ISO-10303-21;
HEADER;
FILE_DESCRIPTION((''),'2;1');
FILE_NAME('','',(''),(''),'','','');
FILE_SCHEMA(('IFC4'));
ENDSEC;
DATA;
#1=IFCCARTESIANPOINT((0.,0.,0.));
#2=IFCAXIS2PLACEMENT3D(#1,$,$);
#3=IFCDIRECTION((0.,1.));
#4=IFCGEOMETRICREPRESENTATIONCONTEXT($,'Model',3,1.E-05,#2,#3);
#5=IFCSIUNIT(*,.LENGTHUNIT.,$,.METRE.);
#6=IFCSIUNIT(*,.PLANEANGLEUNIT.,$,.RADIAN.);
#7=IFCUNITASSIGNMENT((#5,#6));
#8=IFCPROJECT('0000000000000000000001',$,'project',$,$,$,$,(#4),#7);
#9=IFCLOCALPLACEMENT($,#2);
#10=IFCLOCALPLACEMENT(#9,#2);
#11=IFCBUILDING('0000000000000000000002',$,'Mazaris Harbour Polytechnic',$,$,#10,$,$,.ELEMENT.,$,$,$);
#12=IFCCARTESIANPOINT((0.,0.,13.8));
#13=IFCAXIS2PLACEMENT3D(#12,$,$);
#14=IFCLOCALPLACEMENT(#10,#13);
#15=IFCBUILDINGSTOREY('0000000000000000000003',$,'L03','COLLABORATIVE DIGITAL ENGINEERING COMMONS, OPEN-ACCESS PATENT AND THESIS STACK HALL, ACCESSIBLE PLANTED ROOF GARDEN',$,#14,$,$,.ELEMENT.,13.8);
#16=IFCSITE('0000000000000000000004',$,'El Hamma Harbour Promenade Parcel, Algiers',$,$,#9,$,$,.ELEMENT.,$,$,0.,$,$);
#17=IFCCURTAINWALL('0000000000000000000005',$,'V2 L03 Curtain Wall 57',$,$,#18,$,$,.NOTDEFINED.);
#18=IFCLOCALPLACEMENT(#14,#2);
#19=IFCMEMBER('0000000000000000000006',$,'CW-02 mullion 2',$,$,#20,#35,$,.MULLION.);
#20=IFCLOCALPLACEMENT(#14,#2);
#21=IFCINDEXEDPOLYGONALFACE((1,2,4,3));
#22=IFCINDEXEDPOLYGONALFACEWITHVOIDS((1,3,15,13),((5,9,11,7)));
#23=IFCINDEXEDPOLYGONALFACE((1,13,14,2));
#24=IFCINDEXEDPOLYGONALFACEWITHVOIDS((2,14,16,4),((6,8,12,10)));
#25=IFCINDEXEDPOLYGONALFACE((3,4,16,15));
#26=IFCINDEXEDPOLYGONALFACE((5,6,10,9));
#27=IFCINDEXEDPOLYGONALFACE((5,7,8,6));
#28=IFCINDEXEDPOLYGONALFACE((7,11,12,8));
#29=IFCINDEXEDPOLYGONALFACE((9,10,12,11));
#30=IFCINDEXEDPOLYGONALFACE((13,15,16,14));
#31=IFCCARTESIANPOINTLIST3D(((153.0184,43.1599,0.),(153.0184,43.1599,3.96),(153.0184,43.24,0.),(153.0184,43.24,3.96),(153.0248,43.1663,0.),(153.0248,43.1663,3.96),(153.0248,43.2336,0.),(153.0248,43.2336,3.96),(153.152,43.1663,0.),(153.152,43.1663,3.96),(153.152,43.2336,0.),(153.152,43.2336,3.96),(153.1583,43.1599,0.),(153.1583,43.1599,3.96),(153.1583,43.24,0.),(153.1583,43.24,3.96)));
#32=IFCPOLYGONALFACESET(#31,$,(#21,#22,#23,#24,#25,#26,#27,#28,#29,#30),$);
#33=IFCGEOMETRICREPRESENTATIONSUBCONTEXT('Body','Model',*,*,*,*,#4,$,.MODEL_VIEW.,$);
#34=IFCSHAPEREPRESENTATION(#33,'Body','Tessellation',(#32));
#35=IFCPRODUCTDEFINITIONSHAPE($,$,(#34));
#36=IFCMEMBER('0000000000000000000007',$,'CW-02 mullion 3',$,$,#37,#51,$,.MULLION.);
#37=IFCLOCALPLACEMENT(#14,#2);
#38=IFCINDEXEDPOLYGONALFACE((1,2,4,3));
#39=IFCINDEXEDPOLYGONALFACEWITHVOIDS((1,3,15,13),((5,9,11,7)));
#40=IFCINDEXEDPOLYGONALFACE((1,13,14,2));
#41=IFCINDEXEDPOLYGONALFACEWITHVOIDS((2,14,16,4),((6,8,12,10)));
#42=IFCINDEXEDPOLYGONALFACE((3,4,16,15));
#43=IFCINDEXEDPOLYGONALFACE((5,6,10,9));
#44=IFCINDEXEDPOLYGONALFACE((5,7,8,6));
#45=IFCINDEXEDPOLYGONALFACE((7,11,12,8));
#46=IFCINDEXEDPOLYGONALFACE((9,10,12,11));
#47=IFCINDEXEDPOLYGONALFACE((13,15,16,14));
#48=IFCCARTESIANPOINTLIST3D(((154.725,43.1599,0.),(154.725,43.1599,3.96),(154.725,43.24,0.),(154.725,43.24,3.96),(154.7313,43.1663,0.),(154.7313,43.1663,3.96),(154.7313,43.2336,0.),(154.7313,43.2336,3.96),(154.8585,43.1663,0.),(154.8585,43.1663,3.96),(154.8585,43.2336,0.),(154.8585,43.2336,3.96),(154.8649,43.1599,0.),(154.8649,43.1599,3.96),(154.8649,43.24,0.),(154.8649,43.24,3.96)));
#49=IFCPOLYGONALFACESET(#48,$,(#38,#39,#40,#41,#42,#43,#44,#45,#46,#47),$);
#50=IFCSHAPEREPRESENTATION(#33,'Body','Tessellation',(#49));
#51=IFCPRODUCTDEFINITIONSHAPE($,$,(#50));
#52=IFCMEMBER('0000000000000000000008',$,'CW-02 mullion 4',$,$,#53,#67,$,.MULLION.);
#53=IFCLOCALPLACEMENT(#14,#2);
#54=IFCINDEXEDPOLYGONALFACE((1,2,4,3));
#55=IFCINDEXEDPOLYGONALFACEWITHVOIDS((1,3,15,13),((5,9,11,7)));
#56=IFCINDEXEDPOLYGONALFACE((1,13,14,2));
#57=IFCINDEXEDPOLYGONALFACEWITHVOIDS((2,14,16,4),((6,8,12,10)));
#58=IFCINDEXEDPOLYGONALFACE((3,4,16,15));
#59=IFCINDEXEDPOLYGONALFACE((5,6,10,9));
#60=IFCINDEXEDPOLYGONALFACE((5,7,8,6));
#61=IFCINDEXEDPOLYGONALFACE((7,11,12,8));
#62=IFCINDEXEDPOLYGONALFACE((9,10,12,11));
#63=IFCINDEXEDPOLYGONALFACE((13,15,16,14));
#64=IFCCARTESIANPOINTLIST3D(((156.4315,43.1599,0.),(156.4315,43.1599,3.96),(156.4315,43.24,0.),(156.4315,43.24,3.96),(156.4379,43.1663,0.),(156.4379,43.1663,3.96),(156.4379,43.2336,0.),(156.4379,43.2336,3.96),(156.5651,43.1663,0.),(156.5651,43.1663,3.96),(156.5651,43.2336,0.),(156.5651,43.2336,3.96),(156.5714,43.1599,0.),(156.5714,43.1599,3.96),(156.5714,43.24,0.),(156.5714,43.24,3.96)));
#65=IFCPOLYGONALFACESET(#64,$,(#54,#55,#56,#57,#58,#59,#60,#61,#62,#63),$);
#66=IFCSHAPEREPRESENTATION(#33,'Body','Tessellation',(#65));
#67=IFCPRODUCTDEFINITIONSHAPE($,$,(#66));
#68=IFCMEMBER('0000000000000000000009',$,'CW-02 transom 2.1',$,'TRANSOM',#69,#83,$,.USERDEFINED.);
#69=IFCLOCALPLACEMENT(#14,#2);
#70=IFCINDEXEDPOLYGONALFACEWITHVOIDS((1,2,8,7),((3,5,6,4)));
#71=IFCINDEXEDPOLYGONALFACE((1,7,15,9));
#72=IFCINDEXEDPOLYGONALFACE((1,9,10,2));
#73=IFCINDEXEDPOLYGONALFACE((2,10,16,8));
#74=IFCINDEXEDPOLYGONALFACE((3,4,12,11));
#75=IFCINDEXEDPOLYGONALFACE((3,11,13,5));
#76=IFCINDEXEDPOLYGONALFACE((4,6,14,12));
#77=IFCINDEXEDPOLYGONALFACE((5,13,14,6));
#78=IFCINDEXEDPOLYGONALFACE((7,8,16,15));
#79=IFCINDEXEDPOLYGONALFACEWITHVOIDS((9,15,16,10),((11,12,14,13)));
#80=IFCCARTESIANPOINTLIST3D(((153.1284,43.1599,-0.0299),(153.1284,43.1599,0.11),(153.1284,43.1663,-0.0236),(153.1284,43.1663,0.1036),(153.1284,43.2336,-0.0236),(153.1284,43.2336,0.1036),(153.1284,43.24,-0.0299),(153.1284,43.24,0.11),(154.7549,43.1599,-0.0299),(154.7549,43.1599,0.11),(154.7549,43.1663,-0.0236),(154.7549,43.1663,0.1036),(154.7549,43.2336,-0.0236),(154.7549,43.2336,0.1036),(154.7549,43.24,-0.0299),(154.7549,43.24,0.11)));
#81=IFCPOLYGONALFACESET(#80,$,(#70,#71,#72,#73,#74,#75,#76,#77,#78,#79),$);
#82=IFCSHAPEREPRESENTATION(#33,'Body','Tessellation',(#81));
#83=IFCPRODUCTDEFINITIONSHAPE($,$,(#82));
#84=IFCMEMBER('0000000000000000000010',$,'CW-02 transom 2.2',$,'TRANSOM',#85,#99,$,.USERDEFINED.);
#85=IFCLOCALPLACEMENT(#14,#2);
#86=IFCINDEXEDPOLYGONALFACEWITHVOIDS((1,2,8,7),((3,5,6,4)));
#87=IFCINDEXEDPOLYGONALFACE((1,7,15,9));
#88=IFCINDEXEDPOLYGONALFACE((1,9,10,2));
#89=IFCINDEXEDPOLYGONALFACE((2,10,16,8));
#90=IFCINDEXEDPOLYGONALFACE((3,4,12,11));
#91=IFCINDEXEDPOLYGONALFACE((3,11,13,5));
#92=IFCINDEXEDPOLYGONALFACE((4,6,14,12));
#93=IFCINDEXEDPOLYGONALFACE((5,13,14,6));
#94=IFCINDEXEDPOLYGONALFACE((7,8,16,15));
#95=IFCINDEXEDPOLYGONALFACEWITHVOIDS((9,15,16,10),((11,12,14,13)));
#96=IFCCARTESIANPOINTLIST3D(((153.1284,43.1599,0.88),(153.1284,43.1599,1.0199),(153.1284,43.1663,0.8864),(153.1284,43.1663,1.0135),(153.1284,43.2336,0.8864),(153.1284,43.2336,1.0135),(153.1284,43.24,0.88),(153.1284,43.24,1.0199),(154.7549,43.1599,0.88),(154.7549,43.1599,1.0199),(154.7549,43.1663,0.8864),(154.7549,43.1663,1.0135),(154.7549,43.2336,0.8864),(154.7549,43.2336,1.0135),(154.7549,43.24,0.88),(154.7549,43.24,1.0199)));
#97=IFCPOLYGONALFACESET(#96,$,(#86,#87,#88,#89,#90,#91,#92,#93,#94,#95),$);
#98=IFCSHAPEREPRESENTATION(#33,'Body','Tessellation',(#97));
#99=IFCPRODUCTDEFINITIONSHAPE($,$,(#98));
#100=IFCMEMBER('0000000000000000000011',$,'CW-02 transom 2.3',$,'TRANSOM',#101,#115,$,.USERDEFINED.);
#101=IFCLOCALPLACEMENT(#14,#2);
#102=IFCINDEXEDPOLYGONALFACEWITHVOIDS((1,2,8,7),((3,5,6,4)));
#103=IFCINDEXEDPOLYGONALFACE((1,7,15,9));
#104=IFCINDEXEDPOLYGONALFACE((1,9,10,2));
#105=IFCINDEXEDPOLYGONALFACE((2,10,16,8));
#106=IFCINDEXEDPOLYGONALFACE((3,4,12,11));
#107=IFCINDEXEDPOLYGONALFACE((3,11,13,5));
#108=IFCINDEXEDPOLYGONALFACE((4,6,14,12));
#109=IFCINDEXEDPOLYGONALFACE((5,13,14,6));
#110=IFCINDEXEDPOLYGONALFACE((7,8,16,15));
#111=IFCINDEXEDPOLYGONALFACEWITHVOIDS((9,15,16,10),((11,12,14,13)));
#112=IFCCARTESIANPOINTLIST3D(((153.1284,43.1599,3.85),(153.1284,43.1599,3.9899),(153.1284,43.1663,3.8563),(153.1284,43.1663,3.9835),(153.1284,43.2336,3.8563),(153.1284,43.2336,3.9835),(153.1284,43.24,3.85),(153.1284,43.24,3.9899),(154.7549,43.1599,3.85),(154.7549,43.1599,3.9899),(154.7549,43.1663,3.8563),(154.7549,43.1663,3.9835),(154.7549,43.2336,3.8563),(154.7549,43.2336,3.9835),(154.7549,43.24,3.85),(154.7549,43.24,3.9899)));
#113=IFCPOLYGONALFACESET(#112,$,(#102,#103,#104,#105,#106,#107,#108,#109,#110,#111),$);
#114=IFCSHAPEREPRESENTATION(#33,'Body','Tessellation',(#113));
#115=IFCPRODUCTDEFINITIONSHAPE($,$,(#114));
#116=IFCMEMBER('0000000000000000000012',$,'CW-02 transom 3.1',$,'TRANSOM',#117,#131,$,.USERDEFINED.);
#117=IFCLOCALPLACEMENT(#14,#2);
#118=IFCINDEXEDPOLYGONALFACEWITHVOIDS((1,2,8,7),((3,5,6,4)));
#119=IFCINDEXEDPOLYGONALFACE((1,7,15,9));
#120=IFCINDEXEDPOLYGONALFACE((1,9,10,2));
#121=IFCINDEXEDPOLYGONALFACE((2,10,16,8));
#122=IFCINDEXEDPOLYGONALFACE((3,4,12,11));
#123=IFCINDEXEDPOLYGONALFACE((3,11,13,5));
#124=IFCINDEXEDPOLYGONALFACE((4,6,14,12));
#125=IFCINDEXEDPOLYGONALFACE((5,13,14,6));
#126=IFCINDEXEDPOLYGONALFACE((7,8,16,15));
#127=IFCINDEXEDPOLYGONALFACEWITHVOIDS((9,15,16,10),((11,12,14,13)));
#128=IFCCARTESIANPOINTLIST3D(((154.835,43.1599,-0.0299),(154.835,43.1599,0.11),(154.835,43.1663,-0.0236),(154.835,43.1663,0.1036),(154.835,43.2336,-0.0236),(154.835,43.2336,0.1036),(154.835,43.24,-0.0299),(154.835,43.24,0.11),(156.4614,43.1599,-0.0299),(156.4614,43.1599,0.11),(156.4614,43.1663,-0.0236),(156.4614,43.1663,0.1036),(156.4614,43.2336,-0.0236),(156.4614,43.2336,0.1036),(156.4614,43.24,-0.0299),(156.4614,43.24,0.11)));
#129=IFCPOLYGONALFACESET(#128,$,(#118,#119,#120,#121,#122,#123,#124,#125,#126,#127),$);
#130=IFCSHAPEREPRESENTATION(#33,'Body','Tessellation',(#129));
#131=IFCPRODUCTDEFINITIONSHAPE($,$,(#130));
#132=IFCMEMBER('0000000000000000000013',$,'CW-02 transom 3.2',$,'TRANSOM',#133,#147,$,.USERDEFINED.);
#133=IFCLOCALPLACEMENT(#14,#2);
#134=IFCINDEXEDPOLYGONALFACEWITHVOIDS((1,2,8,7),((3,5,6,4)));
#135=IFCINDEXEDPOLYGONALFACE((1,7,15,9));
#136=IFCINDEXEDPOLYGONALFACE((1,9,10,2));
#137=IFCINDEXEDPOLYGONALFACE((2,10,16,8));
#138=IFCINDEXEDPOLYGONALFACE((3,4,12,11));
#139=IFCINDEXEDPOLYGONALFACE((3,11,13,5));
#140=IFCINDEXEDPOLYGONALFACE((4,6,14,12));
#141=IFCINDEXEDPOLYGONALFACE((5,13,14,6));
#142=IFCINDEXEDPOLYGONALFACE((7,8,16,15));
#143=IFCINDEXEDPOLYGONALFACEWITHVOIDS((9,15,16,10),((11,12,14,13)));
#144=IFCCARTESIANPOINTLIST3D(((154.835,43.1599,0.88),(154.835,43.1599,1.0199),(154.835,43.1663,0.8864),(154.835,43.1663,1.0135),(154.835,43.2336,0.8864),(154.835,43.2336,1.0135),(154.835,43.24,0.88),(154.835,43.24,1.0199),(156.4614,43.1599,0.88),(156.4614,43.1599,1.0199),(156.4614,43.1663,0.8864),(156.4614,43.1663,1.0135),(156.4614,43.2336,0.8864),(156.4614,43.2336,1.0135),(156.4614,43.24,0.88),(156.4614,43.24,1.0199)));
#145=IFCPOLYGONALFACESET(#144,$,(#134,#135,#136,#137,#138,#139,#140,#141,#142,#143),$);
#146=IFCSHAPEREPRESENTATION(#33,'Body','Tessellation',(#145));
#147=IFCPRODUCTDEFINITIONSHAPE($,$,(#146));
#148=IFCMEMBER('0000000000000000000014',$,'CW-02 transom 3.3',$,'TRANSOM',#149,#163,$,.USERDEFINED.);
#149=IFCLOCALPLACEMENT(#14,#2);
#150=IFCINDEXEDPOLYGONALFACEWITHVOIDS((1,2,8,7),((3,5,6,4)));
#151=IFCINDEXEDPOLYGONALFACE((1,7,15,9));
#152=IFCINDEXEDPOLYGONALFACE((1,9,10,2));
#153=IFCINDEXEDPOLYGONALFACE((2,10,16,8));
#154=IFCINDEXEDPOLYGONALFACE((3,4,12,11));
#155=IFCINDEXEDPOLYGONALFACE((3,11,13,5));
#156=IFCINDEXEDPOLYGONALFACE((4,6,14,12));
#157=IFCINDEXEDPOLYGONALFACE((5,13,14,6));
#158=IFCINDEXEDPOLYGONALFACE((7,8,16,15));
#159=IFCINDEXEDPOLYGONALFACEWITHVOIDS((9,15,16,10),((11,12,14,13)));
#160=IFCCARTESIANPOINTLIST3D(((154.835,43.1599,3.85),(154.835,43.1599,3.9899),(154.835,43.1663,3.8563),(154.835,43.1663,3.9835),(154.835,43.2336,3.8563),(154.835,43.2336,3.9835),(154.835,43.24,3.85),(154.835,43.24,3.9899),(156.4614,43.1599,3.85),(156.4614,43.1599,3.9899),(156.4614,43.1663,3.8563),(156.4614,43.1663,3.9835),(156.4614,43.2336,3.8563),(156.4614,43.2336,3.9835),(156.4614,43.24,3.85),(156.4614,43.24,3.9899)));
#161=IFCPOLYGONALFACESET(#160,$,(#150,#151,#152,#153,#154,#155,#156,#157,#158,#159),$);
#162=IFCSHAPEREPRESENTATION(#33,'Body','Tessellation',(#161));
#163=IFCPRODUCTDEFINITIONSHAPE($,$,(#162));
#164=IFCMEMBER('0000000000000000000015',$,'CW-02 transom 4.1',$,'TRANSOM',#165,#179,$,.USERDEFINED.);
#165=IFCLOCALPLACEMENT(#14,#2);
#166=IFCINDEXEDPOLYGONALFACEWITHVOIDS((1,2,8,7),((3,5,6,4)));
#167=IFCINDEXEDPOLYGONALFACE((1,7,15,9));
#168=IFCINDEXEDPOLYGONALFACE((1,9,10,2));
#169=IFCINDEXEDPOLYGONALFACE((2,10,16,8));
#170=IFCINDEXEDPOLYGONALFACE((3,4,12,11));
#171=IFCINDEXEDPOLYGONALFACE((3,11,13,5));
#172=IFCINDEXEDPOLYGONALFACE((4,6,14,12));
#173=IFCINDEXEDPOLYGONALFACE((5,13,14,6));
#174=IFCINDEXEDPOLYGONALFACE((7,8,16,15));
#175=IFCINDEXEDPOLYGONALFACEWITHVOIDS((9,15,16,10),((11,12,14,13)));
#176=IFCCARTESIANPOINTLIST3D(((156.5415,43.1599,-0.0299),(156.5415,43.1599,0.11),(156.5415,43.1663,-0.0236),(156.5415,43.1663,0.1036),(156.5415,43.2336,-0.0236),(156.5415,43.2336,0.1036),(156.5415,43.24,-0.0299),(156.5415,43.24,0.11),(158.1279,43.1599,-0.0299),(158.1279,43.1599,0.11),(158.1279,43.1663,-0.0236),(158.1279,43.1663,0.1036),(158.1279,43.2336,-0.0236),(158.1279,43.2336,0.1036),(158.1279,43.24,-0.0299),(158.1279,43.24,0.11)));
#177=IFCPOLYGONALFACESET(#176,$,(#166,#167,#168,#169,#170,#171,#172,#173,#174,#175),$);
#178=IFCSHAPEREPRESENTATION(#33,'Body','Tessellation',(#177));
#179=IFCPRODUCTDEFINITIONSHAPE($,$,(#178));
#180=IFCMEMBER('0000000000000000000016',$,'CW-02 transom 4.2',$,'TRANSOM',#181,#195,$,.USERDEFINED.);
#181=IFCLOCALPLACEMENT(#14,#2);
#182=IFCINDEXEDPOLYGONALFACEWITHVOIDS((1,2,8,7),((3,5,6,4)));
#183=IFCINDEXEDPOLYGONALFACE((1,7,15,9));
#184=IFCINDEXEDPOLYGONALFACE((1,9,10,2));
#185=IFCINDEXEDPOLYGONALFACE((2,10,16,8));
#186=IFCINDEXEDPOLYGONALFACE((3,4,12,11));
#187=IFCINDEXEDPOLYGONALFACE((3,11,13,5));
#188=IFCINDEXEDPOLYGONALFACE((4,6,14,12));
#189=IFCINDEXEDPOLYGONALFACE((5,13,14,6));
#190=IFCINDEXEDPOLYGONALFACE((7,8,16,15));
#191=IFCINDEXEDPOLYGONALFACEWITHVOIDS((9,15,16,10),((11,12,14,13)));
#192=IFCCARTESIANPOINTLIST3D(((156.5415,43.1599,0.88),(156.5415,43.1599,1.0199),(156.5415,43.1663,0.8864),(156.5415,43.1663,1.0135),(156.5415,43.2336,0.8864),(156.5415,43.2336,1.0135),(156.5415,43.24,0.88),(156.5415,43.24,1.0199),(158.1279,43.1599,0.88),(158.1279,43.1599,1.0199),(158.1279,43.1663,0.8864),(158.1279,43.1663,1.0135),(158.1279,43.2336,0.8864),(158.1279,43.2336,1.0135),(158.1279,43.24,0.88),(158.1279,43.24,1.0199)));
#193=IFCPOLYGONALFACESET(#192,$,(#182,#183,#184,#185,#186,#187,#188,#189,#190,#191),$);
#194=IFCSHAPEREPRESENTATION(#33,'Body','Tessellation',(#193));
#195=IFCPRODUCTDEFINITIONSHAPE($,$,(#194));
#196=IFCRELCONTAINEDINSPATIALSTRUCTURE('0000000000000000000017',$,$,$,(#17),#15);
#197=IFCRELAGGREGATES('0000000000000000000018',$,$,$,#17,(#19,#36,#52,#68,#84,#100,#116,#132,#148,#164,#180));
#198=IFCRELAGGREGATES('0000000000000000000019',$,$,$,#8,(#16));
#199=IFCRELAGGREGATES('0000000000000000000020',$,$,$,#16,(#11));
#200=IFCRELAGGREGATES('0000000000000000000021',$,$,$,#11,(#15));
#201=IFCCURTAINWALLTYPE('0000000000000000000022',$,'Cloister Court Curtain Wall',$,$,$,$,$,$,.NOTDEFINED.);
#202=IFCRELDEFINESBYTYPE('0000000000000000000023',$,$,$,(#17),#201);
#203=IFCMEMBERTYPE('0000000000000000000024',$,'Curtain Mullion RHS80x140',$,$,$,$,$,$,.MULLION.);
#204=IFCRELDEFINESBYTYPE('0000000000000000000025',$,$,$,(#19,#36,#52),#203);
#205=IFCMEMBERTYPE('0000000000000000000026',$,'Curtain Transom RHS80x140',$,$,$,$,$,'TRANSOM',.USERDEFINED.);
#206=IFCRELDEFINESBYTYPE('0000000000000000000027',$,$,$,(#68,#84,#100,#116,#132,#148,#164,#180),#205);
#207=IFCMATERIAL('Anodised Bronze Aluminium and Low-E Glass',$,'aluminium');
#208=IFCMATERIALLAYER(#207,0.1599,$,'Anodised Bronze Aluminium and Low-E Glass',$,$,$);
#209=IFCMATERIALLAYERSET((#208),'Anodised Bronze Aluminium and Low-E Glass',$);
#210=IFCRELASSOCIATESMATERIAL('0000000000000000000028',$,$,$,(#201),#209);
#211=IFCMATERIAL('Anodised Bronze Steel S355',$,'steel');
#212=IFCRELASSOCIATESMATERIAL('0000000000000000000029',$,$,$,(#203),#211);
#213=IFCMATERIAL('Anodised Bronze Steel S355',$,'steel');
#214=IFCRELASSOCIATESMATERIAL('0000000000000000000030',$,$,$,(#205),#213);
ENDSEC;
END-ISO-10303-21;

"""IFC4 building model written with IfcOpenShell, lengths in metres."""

from ifc_helpers import new_model, si_unit, direction, frame, origin, origin_2d, place, context, subcontext, project, spatial, hollow_rectangle, extrude, material, layer, layer_set, material_profile, profile_set, type_object, element, aggregate, save


model = new_model("IFC4")

# Units and contexts
model_context = context("Model", 3, precision=1e-05, world=origin(), true_north=direction((0.0, 1.0)))
body_context = subcontext(model_context, "Body", "Model", "MODEL_VIEW")
ifc_project = project(units=[si_unit("LENGTHUNIT", "METRE"), si_unit("PLANEANGLEUNIT", "RADIAN")], contexts=[model_context])

# Site, building, storey
site_placement = place(None, origin())
site = spatial("IfcSite", under=ifc_project, at=site_placement, Name="El Hamma Harbour Promenade Parcel, Algiers", CompositionType="ELEMENT", RefElevation=0.0)
building_placement = place(site_placement, origin())
building = spatial("IfcBuilding", under=site, at=building_placement, Name="Mazaris Harbour Polytechnic", CompositionType="ELEMENT")
storey_placement = place(building_placement, frame((0.0, 0.0, 13.8)))
storey = spatial("IfcBuildingStorey", under=building, at=storey_placement, Name="L03", Description="COLLABORATIVE DIGITAL ENGINEERING COMMONS, OPEN-ACCESS PATENT AND THESIS STACK HALL, ACCESSIBLE PLANTED ROOF GARDEN", CompositionType="ELEMENT", Elevation=13.8)

# Curtain wall, members
ifc_material_1 = material(Name="Anodised Bronze Aluminium and Low-E Glass", Category="aluminium")
ifc_layer_1 = layer(ifc_material_1, 0.1599, Name="Anodised Bronze Aluminium and Low-E Glass")
ifc_layer_set_1 = layer_set([ifc_layer_1], Name="Anodised Bronze Aluminium and Low-E Glass")
curtain_wall_type = type_object("IfcCurtainWallType", Name="Cloister Court Curtain Wall", PredefinedType="NOTDEFINED", material=ifc_layer_set_1)
curtain_wall_placement = place(storey_placement, origin())
curtain_wall = element("IfcCurtainWall", 1, at=curtain_wall_placement, inside=storey, type_object=curtain_wall_type, Name="V2 L03 Curtain Wall 57", PredefinedType="NOTDEFINED")
ifc_material_2 = material(Name="Anodised Bronze Steel S355", Category="steel")
ifc_material_profile_1 = material_profile(ifc_material_2, hollow_rectangle(XDim=0.0801, YDim=0.1399, WallThickness=0.0063, at=origin_2d()), Name="RHS 80x140x6.3")
ifc_profile_set_1 = profile_set([ifc_material_profile_1], Name="Anodised Bronze Steel S355")
member_type_1 = type_object("IfcMemberType", Name="Curtain Mullion RHS80x140", PredefinedType="MULLION", material=ifc_profile_set_1)
member_1_placement = place(storey_placement, frame((153.0884, 43.2, 0.0), z_axis=(0.0, 0.0, 1.0), x_axis=(0.0, 1.0, 0.0)))
member_1 = element("IfcMember", 2, at=member_1_placement, type_object=member_type_1, Name="CW-02 mullion 2", PredefinedType="MULLION", context=body_context, shape_type="SweptSolid", body=[
    extrude(hollow_rectangle(XDim=0.0801, YDim=0.1399, WallThickness=0.0063, at=origin_2d()), origin(), (0.0, 0.0, 1.0), 3.96),
])
member_2_placement = place(storey_placement, frame((154.7949, 43.2, 0.0), z_axis=(0.0, 0.0, 1.0), x_axis=(0.0, 1.0, 0.0)))
member_2 = element("IfcMember", 3, at=member_2_placement, type_object=member_type_1, Name="CW-02 mullion 3", PredefinedType="MULLION", context=body_context, shape_type="SweptSolid", body=[
    extrude(hollow_rectangle(XDim=0.0801, YDim=0.1399, WallThickness=0.0063, at=origin_2d()), origin(), (0.0, 0.0, 1.0), 3.96),
])
member_3_placement = place(storey_placement, frame((156.5015, 43.2, 0.0), z_axis=(0.0, 0.0, 1.0), x_axis=(0.0, 1.0, 0.0)))
member_3 = element("IfcMember", 4, at=member_3_placement, type_object=member_type_1, Name="CW-02 mullion 4", PredefinedType="MULLION", context=body_context, shape_type="SweptSolid", body=[
    extrude(hollow_rectangle(XDim=0.0801, YDim=0.1399, WallThickness=0.0063, at=origin_2d()), origin(), (0.0, 0.0, 1.0), 3.96),
])
ifc_material_3 = material(Name="Anodised Bronze Steel S355", Category="steel")
ifc_material_profile_2 = material_profile(ifc_material_3, hollow_rectangle(XDim=0.0801, YDim=0.1399, WallThickness=0.0063, at=origin_2d()), Name="RHS 80x140x6.3")
ifc_profile_set_2 = profile_set([ifc_material_profile_2], Name="Anodised Bronze Steel S355")
member_type_2 = type_object("IfcMemberType", Name="Curtain Transom RHS80x140", ElementType="TRANSOM", PredefinedType="USERDEFINED", material=ifc_profile_set_2)
member_4_placement = place(storey_placement, frame((153.1284, 43.2, 0.04), z_axis=(1.0, 0.0, 0.0), x_axis=(0.0, 1.0, 0.0)))
member_4 = element("IfcMember", 5, at=member_4_placement, type_object=member_type_2, Name="CW-02 transom 2.1", ObjectType="TRANSOM", PredefinedType="USERDEFINED", context=body_context, shape_type="SweptSolid", body=[
    extrude(hollow_rectangle(XDim=0.0801, YDim=0.1399, WallThickness=0.0063, at=origin_2d()), origin(), (0.0, 0.0, 1.0), 1.6265),
])
member_5_placement = place(storey_placement, frame((153.1284, 43.2, 0.95), z_axis=(1.0, 0.0, 0.0), x_axis=(0.0, 1.0, 0.0)))
member_5 = element("IfcMember", 6, at=member_5_placement, type_object=member_type_2, Name="CW-02 transom 2.2", ObjectType="TRANSOM", PredefinedType="USERDEFINED", context=body_context, shape_type="SweptSolid", body=[
    extrude(hollow_rectangle(XDim=0.0801, YDim=0.1399, WallThickness=0.0063, at=origin_2d()), origin(), (0.0, 0.0, 1.0), 1.6265),
])
member_6_placement = place(storey_placement, frame((153.1284, 43.2, 3.9199), z_axis=(1.0, 0.0, 0.0), x_axis=(0.0, 1.0, 0.0)))
member_6 = element("IfcMember", 7, at=member_6_placement, type_object=member_type_2, Name="CW-02 transom 2.3", ObjectType="TRANSOM", PredefinedType="USERDEFINED", context=body_context, shape_type="SweptSolid", body=[
    extrude(hollow_rectangle(XDim=0.0801, YDim=0.1399, WallThickness=0.0063, at=origin_2d()), origin(), (0.0, 0.0, 1.0), 1.6265),
])
member_7_placement = place(storey_placement, frame((154.835, 43.2, 0.04), z_axis=(1.0, 0.0, 0.0), x_axis=(0.0, 1.0, 0.0)))
member_7 = element("IfcMember", 8, at=member_7_placement, type_object=member_type_2, Name="CW-02 transom 3.1", ObjectType="TRANSOM", PredefinedType="USERDEFINED", context=body_context, shape_type="SweptSolid", body=[
    extrude(hollow_rectangle(XDim=0.0801, YDim=0.1399, WallThickness=0.0063, at=origin_2d()), origin(), (0.0, 0.0, 1.0), 1.6265),
])
member_8_placement = place(storey_placement, frame((154.835, 43.2, 0.95), z_axis=(1.0, 0.0, 0.0), x_axis=(0.0, 1.0, 0.0)))
member_8 = element("IfcMember", 9, at=member_8_placement, type_object=member_type_2, Name="CW-02 transom 3.2", ObjectType="TRANSOM", PredefinedType="USERDEFINED", context=body_context, shape_type="SweptSolid", body=[
    extrude(hollow_rectangle(XDim=0.0801, YDim=0.1399, WallThickness=0.0063, at=origin_2d()), origin(), (0.0, 0.0, 1.0), 1.6265),
])
member_9_placement = place(storey_placement, frame((154.835, 43.2, 3.9199), z_axis=(1.0, 0.0, 0.0), x_axis=(0.0, 1.0, 0.0)))
member_9 = element("IfcMember", 10, at=member_9_placement, type_object=member_type_2, Name="CW-02 transom 3.3", ObjectType="TRANSOM", PredefinedType="USERDEFINED", context=body_context, shape_type="SweptSolid", body=[
    extrude(hollow_rectangle(XDim=0.0801, YDim=0.1399, WallThickness=0.0063, at=origin_2d()), origin(), (0.0, 0.0, 1.0), 1.6265),
])
member_10_placement = place(storey_placement, frame((156.5415, 43.2, 0.04), z_axis=(1.0, 0.0, 0.0), x_axis=(0.0, 1.0, 0.0)))
member_10 = element("IfcMember", 11, at=member_10_placement, type_object=member_type_2, Name="CW-02 transom 4.1", ObjectType="TRANSOM", PredefinedType="USERDEFINED", context=body_context, shape_type="SweptSolid", body=[
    extrude(hollow_rectangle(XDim=0.0801, YDim=0.1399, WallThickness=0.0063, at=origin_2d()), origin(), (0.0, 0.0, 1.0), 1.5864),
])
member_11_placement = place(storey_placement, frame((156.5415, 43.2, 0.95), z_axis=(1.0, 0.0, 0.0), x_axis=(0.0, 1.0, 0.0)))
member_11 = element("IfcMember", 12, at=member_11_placement, type_object=member_type_2, Name="CW-02 transom 4.2", ObjectType="TRANSOM", PredefinedType="USERDEFINED", context=body_context, shape_type="SweptSolid", body=[
    extrude(hollow_rectangle(XDim=0.0801, YDim=0.1399, WallThickness=0.0063, at=origin_2d()), origin(), (0.0, 0.0, 1.0), 1.5864),
])
aggregate(curtain_wall, [member_1, member_2, member_3, member_4, member_5, member_6, member_7, member_8, member_9, member_10, member_11])

save(model, "model.ifc")
